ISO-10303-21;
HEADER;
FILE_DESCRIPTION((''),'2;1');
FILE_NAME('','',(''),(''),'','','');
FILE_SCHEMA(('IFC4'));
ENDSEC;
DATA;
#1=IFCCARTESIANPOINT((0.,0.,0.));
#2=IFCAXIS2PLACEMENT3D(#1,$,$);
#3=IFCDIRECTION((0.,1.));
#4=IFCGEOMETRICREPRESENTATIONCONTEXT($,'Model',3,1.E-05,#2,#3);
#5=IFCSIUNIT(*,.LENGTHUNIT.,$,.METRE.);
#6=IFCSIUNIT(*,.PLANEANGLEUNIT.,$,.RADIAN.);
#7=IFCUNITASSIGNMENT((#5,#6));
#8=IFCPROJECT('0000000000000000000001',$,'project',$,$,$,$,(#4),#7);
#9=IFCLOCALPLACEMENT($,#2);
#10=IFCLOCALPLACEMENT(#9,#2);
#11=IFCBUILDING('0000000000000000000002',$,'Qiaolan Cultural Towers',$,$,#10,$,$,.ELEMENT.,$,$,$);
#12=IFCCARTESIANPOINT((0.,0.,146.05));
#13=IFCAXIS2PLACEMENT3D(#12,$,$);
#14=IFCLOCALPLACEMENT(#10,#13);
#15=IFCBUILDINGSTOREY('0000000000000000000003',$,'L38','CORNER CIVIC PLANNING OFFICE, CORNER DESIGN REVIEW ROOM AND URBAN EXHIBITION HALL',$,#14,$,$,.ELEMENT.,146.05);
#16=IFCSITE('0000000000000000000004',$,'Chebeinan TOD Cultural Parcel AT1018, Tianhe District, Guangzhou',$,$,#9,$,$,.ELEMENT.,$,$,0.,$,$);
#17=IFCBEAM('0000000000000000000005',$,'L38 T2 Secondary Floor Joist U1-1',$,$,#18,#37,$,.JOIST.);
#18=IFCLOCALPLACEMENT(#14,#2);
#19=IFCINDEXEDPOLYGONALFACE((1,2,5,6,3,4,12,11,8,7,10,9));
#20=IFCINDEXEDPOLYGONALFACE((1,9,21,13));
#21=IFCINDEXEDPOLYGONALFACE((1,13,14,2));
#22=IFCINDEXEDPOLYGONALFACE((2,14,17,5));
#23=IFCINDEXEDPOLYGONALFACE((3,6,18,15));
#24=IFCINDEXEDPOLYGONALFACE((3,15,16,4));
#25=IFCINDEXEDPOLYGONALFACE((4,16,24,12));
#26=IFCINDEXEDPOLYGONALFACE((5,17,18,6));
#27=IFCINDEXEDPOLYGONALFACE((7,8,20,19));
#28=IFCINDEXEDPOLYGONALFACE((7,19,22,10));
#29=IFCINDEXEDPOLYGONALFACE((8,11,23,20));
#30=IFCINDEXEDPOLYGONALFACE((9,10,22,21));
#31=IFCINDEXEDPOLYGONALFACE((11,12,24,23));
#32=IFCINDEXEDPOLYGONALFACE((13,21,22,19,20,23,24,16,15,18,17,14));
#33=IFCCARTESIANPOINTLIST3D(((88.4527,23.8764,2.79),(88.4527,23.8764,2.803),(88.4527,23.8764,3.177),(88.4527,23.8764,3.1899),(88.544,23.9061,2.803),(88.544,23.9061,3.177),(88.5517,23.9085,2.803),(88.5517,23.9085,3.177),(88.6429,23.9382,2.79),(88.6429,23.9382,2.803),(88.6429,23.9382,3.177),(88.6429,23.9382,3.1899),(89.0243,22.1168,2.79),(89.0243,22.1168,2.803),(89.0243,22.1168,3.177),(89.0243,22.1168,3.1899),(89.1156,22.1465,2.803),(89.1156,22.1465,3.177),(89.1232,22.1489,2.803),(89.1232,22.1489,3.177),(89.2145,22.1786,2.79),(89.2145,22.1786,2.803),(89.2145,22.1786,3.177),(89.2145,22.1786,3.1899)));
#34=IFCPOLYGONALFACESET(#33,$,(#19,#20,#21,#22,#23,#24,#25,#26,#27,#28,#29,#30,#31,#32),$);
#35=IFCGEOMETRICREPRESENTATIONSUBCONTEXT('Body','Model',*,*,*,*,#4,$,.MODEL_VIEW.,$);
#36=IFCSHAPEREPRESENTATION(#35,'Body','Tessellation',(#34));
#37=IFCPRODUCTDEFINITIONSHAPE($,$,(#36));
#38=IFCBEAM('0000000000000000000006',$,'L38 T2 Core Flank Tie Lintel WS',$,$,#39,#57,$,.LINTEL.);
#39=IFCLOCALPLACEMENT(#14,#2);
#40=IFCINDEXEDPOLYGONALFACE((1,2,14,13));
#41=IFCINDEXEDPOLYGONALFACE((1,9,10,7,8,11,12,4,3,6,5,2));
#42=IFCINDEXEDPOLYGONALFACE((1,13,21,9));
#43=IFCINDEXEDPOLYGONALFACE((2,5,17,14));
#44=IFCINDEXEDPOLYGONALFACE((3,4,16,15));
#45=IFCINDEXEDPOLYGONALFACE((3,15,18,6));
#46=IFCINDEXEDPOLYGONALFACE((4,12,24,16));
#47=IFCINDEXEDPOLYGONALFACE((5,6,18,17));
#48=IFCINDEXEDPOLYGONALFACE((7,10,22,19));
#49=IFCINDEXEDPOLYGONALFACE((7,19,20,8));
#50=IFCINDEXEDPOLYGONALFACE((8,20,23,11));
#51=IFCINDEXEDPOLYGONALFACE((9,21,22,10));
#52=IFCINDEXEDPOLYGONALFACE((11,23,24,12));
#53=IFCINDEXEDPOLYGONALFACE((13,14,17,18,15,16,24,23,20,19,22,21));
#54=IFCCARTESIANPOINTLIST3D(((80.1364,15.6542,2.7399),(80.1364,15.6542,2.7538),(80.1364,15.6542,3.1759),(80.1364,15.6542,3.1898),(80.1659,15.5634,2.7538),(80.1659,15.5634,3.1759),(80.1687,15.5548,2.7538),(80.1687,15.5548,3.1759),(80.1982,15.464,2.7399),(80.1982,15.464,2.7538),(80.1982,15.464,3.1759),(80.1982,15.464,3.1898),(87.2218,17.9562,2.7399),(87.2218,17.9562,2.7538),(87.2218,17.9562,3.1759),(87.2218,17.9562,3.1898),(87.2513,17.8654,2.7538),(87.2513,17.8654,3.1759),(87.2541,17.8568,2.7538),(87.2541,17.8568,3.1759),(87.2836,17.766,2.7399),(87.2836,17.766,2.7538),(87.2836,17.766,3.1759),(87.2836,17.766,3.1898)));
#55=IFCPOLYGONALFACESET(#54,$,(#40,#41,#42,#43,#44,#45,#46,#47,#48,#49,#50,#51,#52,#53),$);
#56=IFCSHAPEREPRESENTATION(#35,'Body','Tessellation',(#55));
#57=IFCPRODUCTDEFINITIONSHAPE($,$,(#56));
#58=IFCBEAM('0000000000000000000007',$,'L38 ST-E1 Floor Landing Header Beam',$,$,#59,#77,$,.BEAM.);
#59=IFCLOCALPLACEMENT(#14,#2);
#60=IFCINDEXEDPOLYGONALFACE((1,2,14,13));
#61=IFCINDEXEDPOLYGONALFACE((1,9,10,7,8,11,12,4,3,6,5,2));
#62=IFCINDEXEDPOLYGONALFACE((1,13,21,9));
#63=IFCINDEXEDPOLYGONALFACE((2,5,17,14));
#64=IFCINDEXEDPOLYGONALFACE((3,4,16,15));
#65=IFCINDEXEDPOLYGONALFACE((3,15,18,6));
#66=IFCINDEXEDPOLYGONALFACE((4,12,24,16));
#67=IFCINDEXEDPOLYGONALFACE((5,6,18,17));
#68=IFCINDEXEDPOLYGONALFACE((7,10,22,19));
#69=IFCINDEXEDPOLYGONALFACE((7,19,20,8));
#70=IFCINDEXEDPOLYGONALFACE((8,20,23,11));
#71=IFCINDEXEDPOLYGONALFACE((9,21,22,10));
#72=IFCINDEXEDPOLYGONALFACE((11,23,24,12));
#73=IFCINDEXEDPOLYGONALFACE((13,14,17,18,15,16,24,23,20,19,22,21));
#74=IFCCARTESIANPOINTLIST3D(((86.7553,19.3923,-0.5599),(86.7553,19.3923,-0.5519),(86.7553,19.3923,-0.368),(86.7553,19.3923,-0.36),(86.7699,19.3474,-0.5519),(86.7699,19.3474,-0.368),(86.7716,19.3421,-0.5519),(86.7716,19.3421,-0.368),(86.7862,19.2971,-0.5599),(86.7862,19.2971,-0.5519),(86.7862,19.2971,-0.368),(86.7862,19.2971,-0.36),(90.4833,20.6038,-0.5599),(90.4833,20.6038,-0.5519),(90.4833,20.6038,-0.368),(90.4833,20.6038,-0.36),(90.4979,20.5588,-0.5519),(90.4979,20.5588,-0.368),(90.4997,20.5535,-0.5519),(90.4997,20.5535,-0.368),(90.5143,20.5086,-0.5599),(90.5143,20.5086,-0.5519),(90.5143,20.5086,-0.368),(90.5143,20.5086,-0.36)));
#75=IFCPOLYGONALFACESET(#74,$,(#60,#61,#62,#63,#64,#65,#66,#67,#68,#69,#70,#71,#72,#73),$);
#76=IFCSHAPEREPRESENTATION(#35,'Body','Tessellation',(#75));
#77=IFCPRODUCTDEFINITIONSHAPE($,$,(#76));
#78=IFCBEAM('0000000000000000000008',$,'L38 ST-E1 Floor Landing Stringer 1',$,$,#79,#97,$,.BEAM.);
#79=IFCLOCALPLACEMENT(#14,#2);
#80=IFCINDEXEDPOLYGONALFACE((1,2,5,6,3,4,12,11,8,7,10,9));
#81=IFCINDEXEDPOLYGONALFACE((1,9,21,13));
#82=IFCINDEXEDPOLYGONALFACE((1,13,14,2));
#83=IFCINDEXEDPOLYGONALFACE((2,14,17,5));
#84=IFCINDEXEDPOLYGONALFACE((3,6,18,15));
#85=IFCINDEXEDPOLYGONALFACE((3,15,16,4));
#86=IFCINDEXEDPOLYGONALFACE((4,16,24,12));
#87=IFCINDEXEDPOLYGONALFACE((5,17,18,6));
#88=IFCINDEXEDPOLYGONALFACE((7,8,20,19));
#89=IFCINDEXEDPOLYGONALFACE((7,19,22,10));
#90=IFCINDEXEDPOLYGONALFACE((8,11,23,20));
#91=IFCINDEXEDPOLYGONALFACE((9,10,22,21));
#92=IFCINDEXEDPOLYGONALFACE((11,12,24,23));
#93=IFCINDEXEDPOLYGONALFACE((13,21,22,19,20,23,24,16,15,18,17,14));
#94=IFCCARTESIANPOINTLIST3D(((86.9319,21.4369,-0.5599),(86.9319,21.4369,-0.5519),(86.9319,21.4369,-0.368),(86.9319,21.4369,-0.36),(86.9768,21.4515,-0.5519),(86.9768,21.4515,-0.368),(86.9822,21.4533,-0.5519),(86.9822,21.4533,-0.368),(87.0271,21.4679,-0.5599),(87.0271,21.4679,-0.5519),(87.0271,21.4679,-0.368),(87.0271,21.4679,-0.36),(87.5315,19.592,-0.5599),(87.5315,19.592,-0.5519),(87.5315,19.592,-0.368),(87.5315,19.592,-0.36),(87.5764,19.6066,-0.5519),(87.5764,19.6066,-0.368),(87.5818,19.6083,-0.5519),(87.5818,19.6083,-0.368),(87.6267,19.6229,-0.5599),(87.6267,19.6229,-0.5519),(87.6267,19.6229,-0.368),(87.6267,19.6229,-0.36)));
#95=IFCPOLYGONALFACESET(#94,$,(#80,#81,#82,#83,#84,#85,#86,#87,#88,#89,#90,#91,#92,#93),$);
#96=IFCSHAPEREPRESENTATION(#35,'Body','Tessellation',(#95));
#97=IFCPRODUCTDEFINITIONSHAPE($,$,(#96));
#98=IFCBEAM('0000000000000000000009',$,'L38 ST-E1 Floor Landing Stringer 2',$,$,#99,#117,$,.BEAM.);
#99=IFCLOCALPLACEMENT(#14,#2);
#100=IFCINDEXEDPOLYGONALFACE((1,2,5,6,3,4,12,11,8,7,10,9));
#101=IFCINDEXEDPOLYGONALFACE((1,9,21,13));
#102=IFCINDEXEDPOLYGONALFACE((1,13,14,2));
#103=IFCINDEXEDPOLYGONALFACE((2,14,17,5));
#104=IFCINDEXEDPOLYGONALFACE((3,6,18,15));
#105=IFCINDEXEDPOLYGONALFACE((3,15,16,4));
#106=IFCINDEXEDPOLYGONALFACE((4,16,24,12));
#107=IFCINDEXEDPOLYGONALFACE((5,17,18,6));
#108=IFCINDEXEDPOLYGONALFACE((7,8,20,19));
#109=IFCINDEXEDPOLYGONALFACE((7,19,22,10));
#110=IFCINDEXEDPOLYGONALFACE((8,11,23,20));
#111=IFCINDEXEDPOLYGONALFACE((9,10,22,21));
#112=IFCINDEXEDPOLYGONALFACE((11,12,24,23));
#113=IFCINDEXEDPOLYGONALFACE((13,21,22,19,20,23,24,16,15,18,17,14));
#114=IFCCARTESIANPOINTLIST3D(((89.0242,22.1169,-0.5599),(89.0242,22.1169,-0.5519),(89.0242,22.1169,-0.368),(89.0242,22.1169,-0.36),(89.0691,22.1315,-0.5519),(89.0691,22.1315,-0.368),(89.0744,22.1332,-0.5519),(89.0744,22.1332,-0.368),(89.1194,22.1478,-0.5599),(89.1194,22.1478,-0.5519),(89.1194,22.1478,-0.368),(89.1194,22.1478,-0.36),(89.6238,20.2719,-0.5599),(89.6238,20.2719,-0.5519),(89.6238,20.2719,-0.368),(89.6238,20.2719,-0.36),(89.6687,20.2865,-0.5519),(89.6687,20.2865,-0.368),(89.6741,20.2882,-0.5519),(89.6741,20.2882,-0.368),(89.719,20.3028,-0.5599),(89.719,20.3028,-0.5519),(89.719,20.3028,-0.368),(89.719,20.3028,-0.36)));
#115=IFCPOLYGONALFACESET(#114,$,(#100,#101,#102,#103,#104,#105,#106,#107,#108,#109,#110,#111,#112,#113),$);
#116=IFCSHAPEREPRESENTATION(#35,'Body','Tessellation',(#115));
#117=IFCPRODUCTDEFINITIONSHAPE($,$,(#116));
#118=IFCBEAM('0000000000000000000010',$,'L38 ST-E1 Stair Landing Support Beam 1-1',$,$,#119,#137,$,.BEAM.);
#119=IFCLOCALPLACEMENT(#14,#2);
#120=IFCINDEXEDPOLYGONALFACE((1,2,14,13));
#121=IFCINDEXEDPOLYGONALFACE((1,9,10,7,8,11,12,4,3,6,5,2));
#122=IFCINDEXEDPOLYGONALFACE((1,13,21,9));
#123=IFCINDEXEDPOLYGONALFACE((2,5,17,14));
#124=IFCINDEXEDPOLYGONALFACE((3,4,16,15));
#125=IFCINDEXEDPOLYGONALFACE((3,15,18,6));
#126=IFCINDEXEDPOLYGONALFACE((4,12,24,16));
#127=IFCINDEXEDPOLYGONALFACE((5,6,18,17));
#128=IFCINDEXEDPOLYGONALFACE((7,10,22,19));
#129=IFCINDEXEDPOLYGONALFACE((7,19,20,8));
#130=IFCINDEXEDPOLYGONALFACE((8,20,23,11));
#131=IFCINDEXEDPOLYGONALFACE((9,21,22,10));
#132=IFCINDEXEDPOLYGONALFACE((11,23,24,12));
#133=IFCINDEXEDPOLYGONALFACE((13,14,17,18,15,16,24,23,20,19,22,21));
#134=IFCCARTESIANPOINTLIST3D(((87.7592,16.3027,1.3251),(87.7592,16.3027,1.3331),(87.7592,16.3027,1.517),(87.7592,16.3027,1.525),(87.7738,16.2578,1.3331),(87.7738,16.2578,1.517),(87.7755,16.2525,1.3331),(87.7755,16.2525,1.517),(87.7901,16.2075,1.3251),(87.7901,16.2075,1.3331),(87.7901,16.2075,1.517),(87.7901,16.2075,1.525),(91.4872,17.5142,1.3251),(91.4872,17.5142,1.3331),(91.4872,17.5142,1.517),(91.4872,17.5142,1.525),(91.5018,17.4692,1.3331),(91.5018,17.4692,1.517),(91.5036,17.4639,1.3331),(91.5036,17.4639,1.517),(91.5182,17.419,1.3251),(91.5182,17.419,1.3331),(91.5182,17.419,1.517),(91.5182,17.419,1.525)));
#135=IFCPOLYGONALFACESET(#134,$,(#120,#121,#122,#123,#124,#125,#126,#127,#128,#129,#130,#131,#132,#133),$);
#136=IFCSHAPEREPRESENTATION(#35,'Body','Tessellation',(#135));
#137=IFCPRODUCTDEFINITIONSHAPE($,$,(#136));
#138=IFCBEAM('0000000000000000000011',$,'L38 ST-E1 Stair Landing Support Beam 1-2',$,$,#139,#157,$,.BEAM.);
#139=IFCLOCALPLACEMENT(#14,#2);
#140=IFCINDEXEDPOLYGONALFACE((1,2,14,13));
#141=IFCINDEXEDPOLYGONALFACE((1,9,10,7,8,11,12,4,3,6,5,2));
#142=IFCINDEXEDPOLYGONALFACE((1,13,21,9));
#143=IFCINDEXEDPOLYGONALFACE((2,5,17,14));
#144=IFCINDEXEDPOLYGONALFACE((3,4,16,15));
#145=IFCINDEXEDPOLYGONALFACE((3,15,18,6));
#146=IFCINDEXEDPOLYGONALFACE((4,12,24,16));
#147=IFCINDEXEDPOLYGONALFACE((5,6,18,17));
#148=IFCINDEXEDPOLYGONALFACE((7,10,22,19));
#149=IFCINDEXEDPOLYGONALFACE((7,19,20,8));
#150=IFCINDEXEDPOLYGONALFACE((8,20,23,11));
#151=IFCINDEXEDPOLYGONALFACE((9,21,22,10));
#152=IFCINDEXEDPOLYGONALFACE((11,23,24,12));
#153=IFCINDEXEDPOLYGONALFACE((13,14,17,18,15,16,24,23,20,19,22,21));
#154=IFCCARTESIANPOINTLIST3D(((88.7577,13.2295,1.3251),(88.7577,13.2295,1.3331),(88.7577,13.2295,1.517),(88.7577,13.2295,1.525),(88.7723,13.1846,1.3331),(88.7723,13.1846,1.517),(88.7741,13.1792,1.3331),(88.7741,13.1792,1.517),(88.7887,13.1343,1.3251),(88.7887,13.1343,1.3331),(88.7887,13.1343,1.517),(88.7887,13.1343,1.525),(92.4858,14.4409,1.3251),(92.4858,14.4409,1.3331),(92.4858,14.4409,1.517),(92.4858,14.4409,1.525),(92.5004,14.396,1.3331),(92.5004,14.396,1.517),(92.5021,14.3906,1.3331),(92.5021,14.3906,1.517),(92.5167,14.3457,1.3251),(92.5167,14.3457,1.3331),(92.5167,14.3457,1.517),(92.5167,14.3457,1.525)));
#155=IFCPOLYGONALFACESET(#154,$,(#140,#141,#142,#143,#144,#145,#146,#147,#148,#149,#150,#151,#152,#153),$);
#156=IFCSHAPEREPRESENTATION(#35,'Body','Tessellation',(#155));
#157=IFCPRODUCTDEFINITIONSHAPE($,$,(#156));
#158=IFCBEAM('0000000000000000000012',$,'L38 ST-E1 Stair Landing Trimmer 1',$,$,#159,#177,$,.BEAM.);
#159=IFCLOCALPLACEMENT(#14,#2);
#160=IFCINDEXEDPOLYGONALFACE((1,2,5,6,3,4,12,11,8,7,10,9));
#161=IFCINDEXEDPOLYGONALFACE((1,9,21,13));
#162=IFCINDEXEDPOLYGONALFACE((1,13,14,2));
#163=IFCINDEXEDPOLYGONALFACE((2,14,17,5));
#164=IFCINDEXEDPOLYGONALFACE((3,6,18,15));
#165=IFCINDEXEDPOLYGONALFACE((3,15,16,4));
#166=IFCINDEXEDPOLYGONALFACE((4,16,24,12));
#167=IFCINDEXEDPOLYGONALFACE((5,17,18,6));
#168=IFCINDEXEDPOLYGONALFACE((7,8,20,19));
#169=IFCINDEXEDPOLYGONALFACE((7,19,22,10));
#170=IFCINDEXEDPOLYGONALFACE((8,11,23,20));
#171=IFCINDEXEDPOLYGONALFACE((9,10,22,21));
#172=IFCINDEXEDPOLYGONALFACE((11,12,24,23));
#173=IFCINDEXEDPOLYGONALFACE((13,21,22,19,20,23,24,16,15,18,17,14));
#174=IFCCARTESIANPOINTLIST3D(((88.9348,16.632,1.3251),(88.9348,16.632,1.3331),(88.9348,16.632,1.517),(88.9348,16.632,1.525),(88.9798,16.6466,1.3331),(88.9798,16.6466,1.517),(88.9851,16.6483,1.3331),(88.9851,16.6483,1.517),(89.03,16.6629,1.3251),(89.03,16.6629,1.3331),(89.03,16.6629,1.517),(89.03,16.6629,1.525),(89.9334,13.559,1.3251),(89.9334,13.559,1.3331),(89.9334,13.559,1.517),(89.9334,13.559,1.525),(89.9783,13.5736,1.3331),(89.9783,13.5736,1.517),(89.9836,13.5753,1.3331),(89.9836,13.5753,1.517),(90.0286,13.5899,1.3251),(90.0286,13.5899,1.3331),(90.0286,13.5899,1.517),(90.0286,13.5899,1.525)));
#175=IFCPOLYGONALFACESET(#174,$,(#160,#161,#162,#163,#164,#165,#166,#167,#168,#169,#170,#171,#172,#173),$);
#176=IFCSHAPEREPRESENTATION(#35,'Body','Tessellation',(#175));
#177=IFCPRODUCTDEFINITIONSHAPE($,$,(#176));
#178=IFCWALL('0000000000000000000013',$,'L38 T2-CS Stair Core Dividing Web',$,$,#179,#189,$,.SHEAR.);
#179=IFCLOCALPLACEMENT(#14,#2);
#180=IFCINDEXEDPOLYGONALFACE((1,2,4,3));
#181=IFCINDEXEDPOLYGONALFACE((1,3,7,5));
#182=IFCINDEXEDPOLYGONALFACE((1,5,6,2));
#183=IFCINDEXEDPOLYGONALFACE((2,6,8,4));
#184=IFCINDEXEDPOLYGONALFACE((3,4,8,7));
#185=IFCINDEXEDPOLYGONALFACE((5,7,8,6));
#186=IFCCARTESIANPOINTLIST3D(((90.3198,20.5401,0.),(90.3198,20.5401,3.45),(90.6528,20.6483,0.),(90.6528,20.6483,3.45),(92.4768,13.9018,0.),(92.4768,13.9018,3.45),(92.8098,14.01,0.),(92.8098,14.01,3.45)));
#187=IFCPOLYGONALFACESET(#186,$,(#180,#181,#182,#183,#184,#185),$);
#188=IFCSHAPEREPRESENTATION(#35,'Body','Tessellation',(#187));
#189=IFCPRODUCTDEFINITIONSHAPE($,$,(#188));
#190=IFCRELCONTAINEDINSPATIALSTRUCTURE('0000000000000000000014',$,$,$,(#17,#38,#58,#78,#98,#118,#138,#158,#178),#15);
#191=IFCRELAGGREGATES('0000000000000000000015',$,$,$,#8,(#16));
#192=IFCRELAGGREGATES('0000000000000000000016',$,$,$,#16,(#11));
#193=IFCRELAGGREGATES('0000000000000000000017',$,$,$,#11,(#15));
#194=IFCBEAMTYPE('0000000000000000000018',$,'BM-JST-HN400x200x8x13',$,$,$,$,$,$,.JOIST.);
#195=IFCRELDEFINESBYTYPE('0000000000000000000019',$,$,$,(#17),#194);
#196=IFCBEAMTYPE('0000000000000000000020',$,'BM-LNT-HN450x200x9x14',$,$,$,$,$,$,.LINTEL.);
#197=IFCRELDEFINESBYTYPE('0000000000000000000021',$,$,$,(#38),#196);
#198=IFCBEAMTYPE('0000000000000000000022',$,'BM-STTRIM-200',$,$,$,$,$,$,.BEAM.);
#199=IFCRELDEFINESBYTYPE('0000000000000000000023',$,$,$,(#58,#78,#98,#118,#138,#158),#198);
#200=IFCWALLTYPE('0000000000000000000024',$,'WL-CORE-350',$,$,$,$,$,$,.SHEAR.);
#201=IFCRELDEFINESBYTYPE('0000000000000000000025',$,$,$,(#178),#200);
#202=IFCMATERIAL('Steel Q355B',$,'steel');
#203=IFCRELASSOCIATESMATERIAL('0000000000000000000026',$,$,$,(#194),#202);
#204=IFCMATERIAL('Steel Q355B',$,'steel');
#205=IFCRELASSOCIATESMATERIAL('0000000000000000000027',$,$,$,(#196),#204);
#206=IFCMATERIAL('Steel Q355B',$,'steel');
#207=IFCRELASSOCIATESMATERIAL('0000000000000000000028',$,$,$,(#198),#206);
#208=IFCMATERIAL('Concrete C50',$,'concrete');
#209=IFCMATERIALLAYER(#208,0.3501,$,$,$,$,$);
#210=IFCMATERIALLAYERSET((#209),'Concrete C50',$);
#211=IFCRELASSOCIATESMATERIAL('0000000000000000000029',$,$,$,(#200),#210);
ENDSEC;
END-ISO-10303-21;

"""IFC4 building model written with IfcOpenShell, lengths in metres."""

from ifc_helpers import new_model, si_unit, direction, frame, frame_2d, origin, origin_2d, place, context, subcontext, project, spatial, rectangle, i_section, extrude, material, layer, layer_set, material_profile, profile_set, type_object, element, save


model = new_model("IFC4")

# Units and contexts
model_context = context("Model", 3, precision=1e-05, world=origin(), true_north=direction((0.0, 1.0)))
body_context = subcontext(model_context, "Body", "Model", "MODEL_VIEW")
ifc_project = project(units=[si_unit("LENGTHUNIT", "METRE"), si_unit("PLANEANGLEUNIT", "RADIAN")], contexts=[model_context])

# Site, building, storey
site_placement = place(None, origin())
site = spatial("IfcSite", under=ifc_project, at=site_placement, Name="Chebeinan TOD Cultural Parcel AT1018, Tianhe District, Guangzhou", CompositionType="ELEMENT", RefElevation=0.0)
building_placement = place(site_placement, origin())
building = spatial("IfcBuilding", under=site, at=building_placement, Name="Qiaolan Cultural Towers", CompositionType="ELEMENT")
storey_placement = place(building_placement, frame((0.0, 0.0, 146.05)))
storey = spatial("IfcBuildingStorey", under=building, at=storey_placement, Name="L38", Description="CORNER CIVIC PLANNING OFFICE, CORNER DESIGN REVIEW ROOM AND URBAN EXHIBITION HALL", CompositionType="ELEMENT", Elevation=146.05)

# Beams
ifc_material_1 = material(Name="Steel Q355B", Category="steel")
ifc_material_profile_1 = material_profile(ifc_material_1, i_section(OverallWidth=0.2, OverallDepth=0.3999, WebThickness=0.0081, FlangeThickness=0.0129, at=origin_2d()), Name="HN400x200x8x13")
ifc_profile_set_1 = profile_set([ifc_material_profile_1], Name="Steel Q355B")
beam_type_1 = type_object("IfcBeamType", Name="BM-JST-HN400x200x8x13", PredefinedType="JOIST", material=ifc_profile_set_1)
beam_1_placement = place(storey_placement, frame((89.1194, 22.1477, 2.99), z_axis=(-0.308934, 0.951084, 0.0), x_axis=(-0.951084, -0.308934, 0.0)))
element("IfcBeam", 1, at=beam_1_placement, inside=storey, type_object=beam_type_1, Name="L38 T2 Secondary Floor Joist U1-1", PredefinedType="JOIST", context=body_context, shape_type="SweptSolid", body=[
    extrude(i_section(OverallWidth=0.2, OverallDepth=0.3999, WebThickness=0.0081, FlangeThickness=0.0129, at=origin_2d()), origin(), (0.0, 0.0, 1.0), 1.8501),
])
ifc_material_2 = material(Name="Steel Q355B", Category="steel")
ifc_material_profile_2 = material_profile(ifc_material_2, i_section(OverallWidth=0.2, OverallDepth=0.45, WebThickness=0.009, FlangeThickness=0.0139, at=origin_2d()), Name="HN450x200x9x14")
ifc_profile_set_2 = profile_set([ifc_material_profile_2], Name="Steel Q355B")
beam_type_2 = type_object("IfcBeamType", Name="BM-LNT-HN450x200x9x14", PredefinedType="LINTEL", material=ifc_profile_set_2)
beam_2_placement = place(storey_placement, frame((87.2527, 17.8611, 2.9648), z_axis=(-0.951064, -0.308993, 0.0), x_axis=(0.308993, -0.951064, 0.0)))
element("IfcBeam", 2, at=beam_2_placement, inside=storey, type_object=beam_type_2, Name="L38 T2 Core Flank Tie Lintel WS", PredefinedType="LINTEL", context=body_context, shape_type="SweptSolid", body=[
    extrude(i_section(OverallWidth=0.2, OverallDepth=0.45, WebThickness=0.009, FlangeThickness=0.0139, at=origin_2d()), origin(), (0.0, 0.0, 1.0), 7.45),
])
ifc_material_3 = material(Name="Steel Q355B", Category="steel")
ifc_material_profile_3 = material_profile(ifc_material_3, i_section(OverallWidth=0.1001, OverallDepth=0.2, WebThickness=0.0056, FlangeThickness=0.0081, at=origin_2d()), Name="HN200x100x5.5x8")
ifc_profile_set_3 = profile_set([ifc_material_profile_3], Name="Steel Q355B")
beam_type_3 = type_object("IfcBeamType", Name="BM-STTRIM-200", PredefinedType="BEAM", material=ifc_profile_set_3)
beam_3_placement = place(storey_placement, frame((86.7708, 19.3447, -0.46), z_axis=(0.951048, 0.309044, 0.0), x_axis=(-0.309044, 0.951048, 0.0)))
element("IfcBeam", 3, at=beam_3_placement, inside=storey, type_object=beam_type_3, Name="L38 ST-E1 Floor Landing Header Beam", PredefinedType="BEAM", context=body_context, shape_type="SweptSolid", body=[
    extrude(i_section(OverallWidth=0.1001, OverallDepth=0.2, WebThickness=0.0056, FlangeThickness=0.0081, at=origin_2d()), origin(), (0.0, 0.0, 1.0), 3.9199),
])
for number, where, z_axis, x_axis, name in (
    (4, (86.9795, 21.4524, -0.46), (0.309083, -0.951035, 0.0), (0.951035, 0.309083, 0.0), "L38 ST-E1 Floor Landing Stringer 1"),
    (5, (89.0718, 22.1323, -0.46), (0.309083, -0.951035, 0.0), (0.951035, 0.309083, 0.0), "L38 ST-E1 Floor Landing Stringer 2"),
):
    element("IfcBeam", number, at=place(storey_placement, frame(where, z_axis=z_axis, x_axis=x_axis)), inside=storey, type_object=beam_type_3, Name=name, PredefinedType="BEAM", context=body_context, shape_type="SweptSolid", body=[
        extrude(i_section(OverallWidth=0.1001, OverallDepth=0.2, WebThickness=0.0056, FlangeThickness=0.0081, at=origin_2d()), origin(), (0.0, 0.0, 1.0), 1.9399),
    ])
for number, where, z_axis, x_axis, name in (
    (6, (87.7747, 16.2551, 1.425), (0.951048, 0.309044, 0.0), (-0.309044, 0.951048, 0.0), "L38 ST-E1 Stair Landing Support Beam 1-1"),
    (7, (88.7732, 13.1819, 1.425), (0.951048, 0.309044, 0.0), (-0.309044, 0.951048, 0.0), "L38 ST-E1 Stair Landing Support Beam 1-2"),
):
    element("IfcBeam", number, at=place(storey_placement, frame(where, z_axis=z_axis, x_axis=x_axis)), inside=storey, type_object=beam_type_3, Name=name, PredefinedType="BEAM", context=body_context, shape_type="SweptSolid", body=[
        extrude(i_section(OverallWidth=0.1001, OverallDepth=0.2, WebThickness=0.0056, FlangeThickness=0.0081, at=origin_2d()), origin(), (0.0, 0.0, 1.0), 3.9199),
    ])
beam_4_placement = place(storey_placement, frame((88.9824, 16.6475, 1.425), z_axis=(0.309033, -0.951051, 0.0), x_axis=(0.951051, 0.309033, 0.0)))
element("IfcBeam", 8, at=beam_4_placement, inside=storey, type_object=beam_type_3, Name="L38 ST-E1 Stair Landing Trimmer 1", PredefinedType="BEAM", context=body_context, shape_type="SweptSolid", body=[
    extrude(i_section(OverallWidth=0.1001, OverallDepth=0.2, WebThickness=0.0056, FlangeThickness=0.0081, at=origin_2d()), origin(), (0.0, 0.0, 1.0), 3.2312),
])

# Wall
ifc_material_4 = material(Name="Concrete C50", Category="concrete")
ifc_layer_1 = layer(ifc_material_4, 0.3501)
ifc_layer_set_1 = layer_set([ifc_layer_1], Name="Concrete C50")
wall_type_1 = type_object("IfcWallType", Name="WL-CORE-350", PredefinedType="SHEAR", material=ifc_layer_set_1)
wall_1_placement = place(storey_placement, frame((90.4863, 20.5942, 0.0), z_axis=(0.0, 0.0, 1.0), x_axis=(0.30902, -0.951055, 0.0)))
element("IfcWall", 9, at=wall_1_placement, inside=storey, type_object=wall_type_1, Name="L38 T2-CS Stair Core Dividing Web", PredefinedType="SHEAR", context=body_context, shape_type="SweptSolid", body=[
    extrude(rectangle(XDim=6.98, YDim=0.3501, at=frame_2d((3.49, 0.0))), origin(), (0.0, 0.0, 1.0), 3.45),
])

save(model, "model.ifc")
